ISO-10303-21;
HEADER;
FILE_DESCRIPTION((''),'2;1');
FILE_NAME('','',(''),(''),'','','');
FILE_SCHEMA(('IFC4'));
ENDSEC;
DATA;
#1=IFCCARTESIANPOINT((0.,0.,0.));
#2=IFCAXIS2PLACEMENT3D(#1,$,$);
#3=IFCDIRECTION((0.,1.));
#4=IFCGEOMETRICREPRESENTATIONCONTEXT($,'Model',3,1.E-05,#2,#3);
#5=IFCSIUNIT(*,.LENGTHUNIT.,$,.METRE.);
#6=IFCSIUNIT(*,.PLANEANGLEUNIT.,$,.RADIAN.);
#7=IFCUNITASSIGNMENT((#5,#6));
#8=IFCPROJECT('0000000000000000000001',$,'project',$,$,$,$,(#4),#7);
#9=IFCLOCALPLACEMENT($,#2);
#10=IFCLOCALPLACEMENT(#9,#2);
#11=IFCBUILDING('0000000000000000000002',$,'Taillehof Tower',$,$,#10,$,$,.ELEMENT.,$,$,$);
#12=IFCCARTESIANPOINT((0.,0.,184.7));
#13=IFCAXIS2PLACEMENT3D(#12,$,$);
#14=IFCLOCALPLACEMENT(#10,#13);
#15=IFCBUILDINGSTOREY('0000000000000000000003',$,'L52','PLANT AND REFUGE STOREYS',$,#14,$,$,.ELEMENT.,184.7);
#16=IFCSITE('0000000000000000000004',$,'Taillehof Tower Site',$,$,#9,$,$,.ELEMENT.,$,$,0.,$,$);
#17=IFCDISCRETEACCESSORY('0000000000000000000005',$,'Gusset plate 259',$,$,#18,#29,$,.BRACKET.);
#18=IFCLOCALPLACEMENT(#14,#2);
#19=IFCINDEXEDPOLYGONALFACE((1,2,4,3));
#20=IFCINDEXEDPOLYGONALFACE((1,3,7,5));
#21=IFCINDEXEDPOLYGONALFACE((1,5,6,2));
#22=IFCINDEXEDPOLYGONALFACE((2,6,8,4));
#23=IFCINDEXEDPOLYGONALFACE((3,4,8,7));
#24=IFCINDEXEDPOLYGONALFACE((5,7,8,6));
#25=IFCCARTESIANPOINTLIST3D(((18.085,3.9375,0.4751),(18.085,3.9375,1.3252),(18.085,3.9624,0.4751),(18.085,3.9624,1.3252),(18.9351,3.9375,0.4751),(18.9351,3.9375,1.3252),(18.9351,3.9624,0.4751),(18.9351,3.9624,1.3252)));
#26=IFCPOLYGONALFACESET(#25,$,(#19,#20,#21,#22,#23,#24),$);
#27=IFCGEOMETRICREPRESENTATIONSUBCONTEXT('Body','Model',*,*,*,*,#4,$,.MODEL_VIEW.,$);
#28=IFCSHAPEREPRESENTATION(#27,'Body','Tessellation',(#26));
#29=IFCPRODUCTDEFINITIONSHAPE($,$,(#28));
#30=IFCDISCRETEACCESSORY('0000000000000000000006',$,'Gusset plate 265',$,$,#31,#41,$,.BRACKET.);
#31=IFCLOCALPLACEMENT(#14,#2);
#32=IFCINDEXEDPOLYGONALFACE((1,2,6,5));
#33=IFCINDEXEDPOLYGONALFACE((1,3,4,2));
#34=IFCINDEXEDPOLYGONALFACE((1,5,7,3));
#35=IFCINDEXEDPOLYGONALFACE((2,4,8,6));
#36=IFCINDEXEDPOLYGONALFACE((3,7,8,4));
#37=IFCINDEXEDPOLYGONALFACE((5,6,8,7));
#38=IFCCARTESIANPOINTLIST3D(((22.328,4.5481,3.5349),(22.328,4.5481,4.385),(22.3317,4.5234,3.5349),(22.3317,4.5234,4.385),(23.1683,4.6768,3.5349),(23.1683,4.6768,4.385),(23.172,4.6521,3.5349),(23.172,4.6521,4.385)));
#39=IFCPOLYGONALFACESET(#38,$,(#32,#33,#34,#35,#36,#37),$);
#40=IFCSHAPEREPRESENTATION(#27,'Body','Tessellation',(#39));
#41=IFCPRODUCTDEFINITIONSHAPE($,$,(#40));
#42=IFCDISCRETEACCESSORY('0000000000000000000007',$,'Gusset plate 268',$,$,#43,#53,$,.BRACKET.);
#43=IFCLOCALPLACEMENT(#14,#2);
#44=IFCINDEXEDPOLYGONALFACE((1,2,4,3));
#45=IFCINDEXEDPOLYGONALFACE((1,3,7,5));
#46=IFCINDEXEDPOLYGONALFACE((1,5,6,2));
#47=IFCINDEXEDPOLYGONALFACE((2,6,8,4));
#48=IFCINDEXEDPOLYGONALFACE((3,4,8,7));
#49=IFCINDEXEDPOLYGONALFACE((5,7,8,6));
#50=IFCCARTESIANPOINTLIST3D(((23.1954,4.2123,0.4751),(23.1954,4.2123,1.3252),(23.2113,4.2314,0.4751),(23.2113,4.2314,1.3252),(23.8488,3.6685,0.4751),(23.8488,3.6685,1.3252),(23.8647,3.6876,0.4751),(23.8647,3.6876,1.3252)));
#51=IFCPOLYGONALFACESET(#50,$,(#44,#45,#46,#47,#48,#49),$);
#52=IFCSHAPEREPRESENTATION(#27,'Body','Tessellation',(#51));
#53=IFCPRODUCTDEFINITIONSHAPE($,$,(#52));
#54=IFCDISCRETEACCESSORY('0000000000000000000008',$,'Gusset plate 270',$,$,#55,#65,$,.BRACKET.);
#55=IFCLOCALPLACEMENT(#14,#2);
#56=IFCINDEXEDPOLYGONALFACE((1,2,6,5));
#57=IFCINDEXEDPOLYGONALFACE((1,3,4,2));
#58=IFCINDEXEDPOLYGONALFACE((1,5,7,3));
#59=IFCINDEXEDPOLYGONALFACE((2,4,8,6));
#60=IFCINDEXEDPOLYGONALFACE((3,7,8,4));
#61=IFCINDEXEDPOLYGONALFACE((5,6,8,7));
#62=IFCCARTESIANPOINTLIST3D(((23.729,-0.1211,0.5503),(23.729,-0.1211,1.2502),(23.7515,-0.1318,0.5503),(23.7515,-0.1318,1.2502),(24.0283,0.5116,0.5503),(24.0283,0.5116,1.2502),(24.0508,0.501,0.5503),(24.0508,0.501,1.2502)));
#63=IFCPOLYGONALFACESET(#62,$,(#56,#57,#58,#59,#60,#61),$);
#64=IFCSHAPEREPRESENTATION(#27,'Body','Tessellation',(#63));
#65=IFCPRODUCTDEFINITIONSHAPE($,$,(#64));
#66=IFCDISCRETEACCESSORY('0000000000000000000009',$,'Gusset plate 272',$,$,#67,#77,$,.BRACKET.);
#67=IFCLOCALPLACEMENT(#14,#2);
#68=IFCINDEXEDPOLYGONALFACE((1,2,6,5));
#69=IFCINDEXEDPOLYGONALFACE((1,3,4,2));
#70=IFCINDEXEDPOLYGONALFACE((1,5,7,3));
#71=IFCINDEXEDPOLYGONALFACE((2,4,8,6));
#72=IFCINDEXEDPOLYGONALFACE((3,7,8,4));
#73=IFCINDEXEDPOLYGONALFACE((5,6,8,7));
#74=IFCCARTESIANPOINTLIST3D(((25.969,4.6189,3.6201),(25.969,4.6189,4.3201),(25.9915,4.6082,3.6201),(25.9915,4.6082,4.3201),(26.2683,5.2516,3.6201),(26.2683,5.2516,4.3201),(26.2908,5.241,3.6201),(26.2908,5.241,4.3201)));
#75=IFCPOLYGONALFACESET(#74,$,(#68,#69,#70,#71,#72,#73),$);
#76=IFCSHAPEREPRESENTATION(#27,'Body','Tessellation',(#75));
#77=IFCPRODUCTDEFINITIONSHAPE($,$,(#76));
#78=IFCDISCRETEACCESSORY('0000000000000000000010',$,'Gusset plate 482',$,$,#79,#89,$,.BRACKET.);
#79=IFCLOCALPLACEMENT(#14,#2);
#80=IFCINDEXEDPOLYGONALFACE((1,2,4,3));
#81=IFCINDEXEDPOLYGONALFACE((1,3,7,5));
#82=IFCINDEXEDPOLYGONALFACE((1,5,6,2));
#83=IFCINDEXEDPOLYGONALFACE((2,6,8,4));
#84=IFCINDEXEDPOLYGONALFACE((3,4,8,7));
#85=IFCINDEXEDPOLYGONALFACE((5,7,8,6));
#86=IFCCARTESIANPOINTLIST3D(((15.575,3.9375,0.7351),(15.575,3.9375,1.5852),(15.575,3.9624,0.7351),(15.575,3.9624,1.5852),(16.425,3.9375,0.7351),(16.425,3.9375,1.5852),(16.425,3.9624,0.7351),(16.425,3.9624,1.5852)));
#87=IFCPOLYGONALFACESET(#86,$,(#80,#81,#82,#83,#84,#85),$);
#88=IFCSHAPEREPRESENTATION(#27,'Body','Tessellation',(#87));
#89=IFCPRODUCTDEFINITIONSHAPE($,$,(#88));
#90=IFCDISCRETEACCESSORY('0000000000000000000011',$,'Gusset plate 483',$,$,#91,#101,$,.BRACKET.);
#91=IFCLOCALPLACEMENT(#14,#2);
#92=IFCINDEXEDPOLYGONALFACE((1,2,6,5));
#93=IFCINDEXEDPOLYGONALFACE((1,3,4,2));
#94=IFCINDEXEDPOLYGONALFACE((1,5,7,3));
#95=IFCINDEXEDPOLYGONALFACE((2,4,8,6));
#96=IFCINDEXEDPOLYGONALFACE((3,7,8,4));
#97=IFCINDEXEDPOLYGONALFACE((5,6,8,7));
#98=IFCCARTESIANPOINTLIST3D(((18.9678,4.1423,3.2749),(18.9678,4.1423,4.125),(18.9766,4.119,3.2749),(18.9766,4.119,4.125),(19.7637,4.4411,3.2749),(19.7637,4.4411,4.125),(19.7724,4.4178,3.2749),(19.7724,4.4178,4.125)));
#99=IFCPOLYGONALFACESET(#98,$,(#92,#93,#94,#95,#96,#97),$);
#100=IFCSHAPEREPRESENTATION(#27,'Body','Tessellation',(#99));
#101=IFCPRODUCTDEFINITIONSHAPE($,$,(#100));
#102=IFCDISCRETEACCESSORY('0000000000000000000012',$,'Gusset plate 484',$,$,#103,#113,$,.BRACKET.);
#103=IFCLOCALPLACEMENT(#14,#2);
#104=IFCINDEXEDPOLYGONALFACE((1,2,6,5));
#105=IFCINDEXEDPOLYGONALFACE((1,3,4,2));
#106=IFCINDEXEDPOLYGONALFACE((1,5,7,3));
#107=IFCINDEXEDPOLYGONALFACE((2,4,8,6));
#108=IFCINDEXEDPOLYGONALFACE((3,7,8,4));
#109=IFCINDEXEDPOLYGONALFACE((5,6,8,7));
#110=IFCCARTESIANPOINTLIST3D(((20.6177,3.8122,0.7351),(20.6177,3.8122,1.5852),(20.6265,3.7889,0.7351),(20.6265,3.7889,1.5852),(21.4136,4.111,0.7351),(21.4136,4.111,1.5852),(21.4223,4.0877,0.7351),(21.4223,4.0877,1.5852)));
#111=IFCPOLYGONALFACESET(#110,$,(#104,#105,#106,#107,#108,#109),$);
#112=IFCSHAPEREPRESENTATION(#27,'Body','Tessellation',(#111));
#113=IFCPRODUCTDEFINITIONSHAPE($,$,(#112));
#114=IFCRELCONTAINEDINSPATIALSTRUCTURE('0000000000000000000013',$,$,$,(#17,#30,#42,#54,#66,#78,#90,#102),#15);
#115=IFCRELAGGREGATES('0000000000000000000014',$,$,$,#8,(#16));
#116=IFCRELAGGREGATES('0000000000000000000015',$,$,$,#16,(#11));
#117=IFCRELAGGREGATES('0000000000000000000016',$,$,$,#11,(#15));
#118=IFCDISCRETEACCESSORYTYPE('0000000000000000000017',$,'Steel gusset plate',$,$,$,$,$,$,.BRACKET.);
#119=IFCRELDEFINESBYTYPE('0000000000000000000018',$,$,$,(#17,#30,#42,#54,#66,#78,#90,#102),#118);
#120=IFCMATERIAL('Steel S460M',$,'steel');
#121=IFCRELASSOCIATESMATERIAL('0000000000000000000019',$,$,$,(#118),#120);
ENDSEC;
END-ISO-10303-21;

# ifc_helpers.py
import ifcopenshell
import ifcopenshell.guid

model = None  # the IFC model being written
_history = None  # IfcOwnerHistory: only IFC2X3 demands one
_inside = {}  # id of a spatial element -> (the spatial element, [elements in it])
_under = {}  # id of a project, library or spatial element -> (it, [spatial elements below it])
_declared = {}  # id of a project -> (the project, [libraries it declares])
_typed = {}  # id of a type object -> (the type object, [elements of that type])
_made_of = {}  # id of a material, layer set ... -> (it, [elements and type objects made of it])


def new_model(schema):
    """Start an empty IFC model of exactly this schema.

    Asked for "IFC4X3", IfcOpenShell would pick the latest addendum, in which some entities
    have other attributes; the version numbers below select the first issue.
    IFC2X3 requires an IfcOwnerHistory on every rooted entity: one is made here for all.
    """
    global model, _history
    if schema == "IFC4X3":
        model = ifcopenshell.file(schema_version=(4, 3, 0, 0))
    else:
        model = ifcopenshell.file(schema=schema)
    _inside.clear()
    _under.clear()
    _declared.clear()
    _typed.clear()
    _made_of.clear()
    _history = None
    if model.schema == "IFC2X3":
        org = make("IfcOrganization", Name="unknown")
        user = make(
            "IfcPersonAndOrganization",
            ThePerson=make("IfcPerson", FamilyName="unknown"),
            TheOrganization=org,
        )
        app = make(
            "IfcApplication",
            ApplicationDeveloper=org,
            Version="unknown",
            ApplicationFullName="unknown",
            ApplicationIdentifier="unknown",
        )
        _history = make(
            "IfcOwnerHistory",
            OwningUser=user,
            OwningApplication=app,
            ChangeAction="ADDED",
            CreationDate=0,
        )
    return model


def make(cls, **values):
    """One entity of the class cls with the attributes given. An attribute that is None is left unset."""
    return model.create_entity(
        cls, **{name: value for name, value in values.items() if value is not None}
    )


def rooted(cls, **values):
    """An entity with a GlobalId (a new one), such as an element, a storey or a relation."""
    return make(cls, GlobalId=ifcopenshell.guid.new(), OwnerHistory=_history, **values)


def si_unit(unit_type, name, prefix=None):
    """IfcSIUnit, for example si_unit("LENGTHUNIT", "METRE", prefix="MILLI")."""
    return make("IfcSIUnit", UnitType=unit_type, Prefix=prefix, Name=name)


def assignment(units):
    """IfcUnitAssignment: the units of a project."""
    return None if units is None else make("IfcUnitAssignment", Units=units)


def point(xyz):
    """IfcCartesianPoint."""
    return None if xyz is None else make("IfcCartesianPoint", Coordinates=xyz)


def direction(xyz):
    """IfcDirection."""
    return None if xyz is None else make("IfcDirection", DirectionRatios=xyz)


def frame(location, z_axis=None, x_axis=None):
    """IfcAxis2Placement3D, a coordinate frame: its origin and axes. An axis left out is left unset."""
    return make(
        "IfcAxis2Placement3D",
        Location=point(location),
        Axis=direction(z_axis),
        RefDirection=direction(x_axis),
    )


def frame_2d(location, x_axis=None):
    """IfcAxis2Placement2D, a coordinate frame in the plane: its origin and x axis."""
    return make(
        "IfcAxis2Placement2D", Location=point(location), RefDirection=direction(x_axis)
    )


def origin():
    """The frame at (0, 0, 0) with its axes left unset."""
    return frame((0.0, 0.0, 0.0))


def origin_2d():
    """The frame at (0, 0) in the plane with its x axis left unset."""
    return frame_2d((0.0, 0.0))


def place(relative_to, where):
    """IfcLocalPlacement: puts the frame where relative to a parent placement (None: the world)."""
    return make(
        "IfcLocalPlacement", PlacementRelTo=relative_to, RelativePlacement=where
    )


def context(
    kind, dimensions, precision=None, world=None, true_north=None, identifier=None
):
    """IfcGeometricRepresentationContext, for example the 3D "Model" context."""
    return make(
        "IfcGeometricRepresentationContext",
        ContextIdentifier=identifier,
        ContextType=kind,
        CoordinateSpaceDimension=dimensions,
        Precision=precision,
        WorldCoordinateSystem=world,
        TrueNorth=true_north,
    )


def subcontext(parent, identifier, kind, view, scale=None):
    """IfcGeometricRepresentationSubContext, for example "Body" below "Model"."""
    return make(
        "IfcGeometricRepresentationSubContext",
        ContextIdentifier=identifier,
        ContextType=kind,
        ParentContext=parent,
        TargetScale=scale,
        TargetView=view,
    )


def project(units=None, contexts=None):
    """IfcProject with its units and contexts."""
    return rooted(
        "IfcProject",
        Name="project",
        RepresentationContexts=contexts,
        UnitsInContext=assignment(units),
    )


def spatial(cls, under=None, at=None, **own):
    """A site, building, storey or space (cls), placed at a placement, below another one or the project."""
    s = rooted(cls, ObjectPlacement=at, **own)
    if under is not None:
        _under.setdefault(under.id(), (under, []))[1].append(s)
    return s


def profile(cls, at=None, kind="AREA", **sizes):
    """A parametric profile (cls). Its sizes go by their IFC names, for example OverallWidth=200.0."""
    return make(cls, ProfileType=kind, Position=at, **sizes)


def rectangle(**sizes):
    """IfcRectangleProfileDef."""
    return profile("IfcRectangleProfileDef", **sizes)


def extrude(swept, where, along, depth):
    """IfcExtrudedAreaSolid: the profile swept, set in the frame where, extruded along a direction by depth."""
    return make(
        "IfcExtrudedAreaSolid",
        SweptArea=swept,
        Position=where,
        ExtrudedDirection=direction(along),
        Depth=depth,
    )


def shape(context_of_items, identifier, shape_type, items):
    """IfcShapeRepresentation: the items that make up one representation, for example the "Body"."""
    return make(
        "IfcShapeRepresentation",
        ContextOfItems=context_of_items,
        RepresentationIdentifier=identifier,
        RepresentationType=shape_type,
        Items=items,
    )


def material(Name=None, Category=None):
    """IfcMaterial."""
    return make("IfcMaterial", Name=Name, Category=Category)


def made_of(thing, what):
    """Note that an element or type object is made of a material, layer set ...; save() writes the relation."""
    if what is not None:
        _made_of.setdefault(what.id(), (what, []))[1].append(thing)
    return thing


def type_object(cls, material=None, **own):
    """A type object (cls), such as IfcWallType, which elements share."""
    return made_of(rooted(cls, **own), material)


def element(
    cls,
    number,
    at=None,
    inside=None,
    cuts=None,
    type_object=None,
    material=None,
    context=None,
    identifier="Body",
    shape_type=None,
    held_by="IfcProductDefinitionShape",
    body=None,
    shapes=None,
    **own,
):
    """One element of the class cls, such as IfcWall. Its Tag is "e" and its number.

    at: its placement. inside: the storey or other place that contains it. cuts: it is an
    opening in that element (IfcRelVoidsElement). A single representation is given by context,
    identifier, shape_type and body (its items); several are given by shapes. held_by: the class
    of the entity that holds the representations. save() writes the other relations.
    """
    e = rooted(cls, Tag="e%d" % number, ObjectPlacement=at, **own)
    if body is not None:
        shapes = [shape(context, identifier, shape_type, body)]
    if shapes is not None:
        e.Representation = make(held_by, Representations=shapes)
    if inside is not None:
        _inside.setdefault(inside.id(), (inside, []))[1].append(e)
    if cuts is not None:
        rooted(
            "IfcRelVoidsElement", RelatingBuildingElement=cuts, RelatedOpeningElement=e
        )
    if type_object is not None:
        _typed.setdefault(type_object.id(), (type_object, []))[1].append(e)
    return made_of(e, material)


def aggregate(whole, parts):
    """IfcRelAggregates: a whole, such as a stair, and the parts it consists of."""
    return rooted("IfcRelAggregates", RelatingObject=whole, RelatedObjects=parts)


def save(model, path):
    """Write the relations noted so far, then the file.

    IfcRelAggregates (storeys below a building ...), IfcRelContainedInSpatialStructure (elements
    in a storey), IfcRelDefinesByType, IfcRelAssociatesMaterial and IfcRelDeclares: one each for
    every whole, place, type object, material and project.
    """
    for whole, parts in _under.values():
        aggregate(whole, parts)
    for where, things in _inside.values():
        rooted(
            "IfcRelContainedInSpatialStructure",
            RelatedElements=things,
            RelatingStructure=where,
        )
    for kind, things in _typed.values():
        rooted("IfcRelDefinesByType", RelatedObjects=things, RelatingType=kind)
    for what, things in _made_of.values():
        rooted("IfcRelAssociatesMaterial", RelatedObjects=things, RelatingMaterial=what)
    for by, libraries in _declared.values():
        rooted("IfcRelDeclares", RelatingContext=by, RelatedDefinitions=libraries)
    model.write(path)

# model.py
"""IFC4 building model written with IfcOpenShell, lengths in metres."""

from ifc_helpers import new_model, si_unit, direction, frame, origin, origin_2d, place, context, subcontext, project, spatial, rectangle, extrude, material, type_object, element, save


model = new_model("IFC4")

# Units and contexts
model_context = context("Model", 3, precision=1e-05, world=origin(), true_north=direction((0.0, 1.0)))
body_context = subcontext(model_context, "Body", "Model", "MODEL_VIEW")
ifc_project = project(units=[si_unit("LENGTHUNIT", "METRE"), si_unit("PLANEANGLEUNIT", "RADIAN")], contexts=[model_context])

# Site, building, storey
site_placement = place(None, origin())
site = spatial("IfcSite", under=ifc_project, at=site_placement, Name="Taillehof Tower Site", CompositionType="ELEMENT", RefElevation=0.0)
building_placement = place(site_placement, origin())
building = spatial("IfcBuilding", under=site, at=building_placement, Name="Taillehof Tower", CompositionType="ELEMENT")
storey_placement = place(building_placement, frame((0.0, 0.0, 184.7)))
storey = spatial("IfcBuildingStorey", under=building, at=storey_placement, Name="L52", Description="PLANT AND REFUGE STOREYS", CompositionType="ELEMENT", Elevation=184.7)

# Discrete accessories
ifc_material_1 = material(Name="Steel S460M", Category="steel")
discrete_accessory_type = type_object("IfcDiscreteAccessoryType", Name="Steel gusset plate", PredefinedType="BRACKET", material=ifc_material_1)
for number, where, z_axis, x_axis, name in (
    (1, (18.51, 3.95, 0.4751), (0.0, 0.0, 1.0), (1.0, 0.0, 0.0), "Gusset plate 259"),
    (2, (22.75, 4.6001, 3.5349), (0.0, 0.0, 1.0), (0.988472, 0.151404, 0.0), "Gusset plate 265"),
    (3, (23.53, 3.95, 0.4751), (0.0, 0.0, 1.0), (0.768587, -0.639745, 0.0), "Gusset plate 268"),
):
    element("IfcDiscreteAccessory", number, at=place(storey_placement, frame(where, z_axis=z_axis, x_axis=x_axis)), inside=storey, type_object=discrete_accessory_type, Name=name, PredefinedType="BRACKET", context=body_context, shape_type="SweptSolid", body=[
        extrude(rectangle(XDim=0.8501, YDim=0.0249, at=origin_2d()), origin(), (0.0, 0.0, 1.0), 0.8501),
    ])
for number, where, z_axis, x_axis, name in (
    (4, (23.8899, 0.1899, 0.5503), (0.0, 0.0, 1.0), (0.42753, 0.904001, 0.0), "Gusset plate 270"),
    (5, (26.1299, 4.9299, 3.6201), (0.0, 0.0, 1.0), (0.42753, 0.904001, 0.0), "Gusset plate 272"),
):
    element("IfcDiscreteAccessory", number, at=place(storey_placement, frame(where, z_axis=z_axis, x_axis=x_axis)), inside=storey, type_object=discrete_accessory_type, Name=name, PredefinedType="BRACKET", context=body_context, shape_type="SweptSolid", body=[
        extrude(rectangle(XDim=0.7, YDim=0.0249, at=origin_2d()), origin(), (0.0, 0.0, 1.0), 0.7),
    ])
for number, where, z_axis, x_axis, name in (
    (6, (16.0, 3.95, 0.7351), (0.0, 0.0, 1.0), (1.0, 0.0, 0.0), "Gusset plate 482"),
    (7, (19.3701, 4.28, 3.2749), (0.0, 0.0, 1.0), (0.936198, 0.351474, 0.0), "Gusset plate 483"),
    (8, (21.02, 3.95, 0.7351), (0.0, 0.0, 1.0), (0.936199, 0.351471, 0.0), "Gusset plate 484"),
):
    element("IfcDiscreteAccessory", number, at=place(storey_placement, frame(where, z_axis=z_axis, x_axis=x_axis)), inside=storey, type_object=discrete_accessory_type, Name=name, PredefinedType="BRACKET", context=body_context, shape_type="SweptSolid", body=[
        extrude(rectangle(XDim=0.8501, YDim=0.0249, at=origin_2d()), origin(), (0.0, 0.0, 1.0), 0.8501),
    ])

save(model, "model.ifc")
